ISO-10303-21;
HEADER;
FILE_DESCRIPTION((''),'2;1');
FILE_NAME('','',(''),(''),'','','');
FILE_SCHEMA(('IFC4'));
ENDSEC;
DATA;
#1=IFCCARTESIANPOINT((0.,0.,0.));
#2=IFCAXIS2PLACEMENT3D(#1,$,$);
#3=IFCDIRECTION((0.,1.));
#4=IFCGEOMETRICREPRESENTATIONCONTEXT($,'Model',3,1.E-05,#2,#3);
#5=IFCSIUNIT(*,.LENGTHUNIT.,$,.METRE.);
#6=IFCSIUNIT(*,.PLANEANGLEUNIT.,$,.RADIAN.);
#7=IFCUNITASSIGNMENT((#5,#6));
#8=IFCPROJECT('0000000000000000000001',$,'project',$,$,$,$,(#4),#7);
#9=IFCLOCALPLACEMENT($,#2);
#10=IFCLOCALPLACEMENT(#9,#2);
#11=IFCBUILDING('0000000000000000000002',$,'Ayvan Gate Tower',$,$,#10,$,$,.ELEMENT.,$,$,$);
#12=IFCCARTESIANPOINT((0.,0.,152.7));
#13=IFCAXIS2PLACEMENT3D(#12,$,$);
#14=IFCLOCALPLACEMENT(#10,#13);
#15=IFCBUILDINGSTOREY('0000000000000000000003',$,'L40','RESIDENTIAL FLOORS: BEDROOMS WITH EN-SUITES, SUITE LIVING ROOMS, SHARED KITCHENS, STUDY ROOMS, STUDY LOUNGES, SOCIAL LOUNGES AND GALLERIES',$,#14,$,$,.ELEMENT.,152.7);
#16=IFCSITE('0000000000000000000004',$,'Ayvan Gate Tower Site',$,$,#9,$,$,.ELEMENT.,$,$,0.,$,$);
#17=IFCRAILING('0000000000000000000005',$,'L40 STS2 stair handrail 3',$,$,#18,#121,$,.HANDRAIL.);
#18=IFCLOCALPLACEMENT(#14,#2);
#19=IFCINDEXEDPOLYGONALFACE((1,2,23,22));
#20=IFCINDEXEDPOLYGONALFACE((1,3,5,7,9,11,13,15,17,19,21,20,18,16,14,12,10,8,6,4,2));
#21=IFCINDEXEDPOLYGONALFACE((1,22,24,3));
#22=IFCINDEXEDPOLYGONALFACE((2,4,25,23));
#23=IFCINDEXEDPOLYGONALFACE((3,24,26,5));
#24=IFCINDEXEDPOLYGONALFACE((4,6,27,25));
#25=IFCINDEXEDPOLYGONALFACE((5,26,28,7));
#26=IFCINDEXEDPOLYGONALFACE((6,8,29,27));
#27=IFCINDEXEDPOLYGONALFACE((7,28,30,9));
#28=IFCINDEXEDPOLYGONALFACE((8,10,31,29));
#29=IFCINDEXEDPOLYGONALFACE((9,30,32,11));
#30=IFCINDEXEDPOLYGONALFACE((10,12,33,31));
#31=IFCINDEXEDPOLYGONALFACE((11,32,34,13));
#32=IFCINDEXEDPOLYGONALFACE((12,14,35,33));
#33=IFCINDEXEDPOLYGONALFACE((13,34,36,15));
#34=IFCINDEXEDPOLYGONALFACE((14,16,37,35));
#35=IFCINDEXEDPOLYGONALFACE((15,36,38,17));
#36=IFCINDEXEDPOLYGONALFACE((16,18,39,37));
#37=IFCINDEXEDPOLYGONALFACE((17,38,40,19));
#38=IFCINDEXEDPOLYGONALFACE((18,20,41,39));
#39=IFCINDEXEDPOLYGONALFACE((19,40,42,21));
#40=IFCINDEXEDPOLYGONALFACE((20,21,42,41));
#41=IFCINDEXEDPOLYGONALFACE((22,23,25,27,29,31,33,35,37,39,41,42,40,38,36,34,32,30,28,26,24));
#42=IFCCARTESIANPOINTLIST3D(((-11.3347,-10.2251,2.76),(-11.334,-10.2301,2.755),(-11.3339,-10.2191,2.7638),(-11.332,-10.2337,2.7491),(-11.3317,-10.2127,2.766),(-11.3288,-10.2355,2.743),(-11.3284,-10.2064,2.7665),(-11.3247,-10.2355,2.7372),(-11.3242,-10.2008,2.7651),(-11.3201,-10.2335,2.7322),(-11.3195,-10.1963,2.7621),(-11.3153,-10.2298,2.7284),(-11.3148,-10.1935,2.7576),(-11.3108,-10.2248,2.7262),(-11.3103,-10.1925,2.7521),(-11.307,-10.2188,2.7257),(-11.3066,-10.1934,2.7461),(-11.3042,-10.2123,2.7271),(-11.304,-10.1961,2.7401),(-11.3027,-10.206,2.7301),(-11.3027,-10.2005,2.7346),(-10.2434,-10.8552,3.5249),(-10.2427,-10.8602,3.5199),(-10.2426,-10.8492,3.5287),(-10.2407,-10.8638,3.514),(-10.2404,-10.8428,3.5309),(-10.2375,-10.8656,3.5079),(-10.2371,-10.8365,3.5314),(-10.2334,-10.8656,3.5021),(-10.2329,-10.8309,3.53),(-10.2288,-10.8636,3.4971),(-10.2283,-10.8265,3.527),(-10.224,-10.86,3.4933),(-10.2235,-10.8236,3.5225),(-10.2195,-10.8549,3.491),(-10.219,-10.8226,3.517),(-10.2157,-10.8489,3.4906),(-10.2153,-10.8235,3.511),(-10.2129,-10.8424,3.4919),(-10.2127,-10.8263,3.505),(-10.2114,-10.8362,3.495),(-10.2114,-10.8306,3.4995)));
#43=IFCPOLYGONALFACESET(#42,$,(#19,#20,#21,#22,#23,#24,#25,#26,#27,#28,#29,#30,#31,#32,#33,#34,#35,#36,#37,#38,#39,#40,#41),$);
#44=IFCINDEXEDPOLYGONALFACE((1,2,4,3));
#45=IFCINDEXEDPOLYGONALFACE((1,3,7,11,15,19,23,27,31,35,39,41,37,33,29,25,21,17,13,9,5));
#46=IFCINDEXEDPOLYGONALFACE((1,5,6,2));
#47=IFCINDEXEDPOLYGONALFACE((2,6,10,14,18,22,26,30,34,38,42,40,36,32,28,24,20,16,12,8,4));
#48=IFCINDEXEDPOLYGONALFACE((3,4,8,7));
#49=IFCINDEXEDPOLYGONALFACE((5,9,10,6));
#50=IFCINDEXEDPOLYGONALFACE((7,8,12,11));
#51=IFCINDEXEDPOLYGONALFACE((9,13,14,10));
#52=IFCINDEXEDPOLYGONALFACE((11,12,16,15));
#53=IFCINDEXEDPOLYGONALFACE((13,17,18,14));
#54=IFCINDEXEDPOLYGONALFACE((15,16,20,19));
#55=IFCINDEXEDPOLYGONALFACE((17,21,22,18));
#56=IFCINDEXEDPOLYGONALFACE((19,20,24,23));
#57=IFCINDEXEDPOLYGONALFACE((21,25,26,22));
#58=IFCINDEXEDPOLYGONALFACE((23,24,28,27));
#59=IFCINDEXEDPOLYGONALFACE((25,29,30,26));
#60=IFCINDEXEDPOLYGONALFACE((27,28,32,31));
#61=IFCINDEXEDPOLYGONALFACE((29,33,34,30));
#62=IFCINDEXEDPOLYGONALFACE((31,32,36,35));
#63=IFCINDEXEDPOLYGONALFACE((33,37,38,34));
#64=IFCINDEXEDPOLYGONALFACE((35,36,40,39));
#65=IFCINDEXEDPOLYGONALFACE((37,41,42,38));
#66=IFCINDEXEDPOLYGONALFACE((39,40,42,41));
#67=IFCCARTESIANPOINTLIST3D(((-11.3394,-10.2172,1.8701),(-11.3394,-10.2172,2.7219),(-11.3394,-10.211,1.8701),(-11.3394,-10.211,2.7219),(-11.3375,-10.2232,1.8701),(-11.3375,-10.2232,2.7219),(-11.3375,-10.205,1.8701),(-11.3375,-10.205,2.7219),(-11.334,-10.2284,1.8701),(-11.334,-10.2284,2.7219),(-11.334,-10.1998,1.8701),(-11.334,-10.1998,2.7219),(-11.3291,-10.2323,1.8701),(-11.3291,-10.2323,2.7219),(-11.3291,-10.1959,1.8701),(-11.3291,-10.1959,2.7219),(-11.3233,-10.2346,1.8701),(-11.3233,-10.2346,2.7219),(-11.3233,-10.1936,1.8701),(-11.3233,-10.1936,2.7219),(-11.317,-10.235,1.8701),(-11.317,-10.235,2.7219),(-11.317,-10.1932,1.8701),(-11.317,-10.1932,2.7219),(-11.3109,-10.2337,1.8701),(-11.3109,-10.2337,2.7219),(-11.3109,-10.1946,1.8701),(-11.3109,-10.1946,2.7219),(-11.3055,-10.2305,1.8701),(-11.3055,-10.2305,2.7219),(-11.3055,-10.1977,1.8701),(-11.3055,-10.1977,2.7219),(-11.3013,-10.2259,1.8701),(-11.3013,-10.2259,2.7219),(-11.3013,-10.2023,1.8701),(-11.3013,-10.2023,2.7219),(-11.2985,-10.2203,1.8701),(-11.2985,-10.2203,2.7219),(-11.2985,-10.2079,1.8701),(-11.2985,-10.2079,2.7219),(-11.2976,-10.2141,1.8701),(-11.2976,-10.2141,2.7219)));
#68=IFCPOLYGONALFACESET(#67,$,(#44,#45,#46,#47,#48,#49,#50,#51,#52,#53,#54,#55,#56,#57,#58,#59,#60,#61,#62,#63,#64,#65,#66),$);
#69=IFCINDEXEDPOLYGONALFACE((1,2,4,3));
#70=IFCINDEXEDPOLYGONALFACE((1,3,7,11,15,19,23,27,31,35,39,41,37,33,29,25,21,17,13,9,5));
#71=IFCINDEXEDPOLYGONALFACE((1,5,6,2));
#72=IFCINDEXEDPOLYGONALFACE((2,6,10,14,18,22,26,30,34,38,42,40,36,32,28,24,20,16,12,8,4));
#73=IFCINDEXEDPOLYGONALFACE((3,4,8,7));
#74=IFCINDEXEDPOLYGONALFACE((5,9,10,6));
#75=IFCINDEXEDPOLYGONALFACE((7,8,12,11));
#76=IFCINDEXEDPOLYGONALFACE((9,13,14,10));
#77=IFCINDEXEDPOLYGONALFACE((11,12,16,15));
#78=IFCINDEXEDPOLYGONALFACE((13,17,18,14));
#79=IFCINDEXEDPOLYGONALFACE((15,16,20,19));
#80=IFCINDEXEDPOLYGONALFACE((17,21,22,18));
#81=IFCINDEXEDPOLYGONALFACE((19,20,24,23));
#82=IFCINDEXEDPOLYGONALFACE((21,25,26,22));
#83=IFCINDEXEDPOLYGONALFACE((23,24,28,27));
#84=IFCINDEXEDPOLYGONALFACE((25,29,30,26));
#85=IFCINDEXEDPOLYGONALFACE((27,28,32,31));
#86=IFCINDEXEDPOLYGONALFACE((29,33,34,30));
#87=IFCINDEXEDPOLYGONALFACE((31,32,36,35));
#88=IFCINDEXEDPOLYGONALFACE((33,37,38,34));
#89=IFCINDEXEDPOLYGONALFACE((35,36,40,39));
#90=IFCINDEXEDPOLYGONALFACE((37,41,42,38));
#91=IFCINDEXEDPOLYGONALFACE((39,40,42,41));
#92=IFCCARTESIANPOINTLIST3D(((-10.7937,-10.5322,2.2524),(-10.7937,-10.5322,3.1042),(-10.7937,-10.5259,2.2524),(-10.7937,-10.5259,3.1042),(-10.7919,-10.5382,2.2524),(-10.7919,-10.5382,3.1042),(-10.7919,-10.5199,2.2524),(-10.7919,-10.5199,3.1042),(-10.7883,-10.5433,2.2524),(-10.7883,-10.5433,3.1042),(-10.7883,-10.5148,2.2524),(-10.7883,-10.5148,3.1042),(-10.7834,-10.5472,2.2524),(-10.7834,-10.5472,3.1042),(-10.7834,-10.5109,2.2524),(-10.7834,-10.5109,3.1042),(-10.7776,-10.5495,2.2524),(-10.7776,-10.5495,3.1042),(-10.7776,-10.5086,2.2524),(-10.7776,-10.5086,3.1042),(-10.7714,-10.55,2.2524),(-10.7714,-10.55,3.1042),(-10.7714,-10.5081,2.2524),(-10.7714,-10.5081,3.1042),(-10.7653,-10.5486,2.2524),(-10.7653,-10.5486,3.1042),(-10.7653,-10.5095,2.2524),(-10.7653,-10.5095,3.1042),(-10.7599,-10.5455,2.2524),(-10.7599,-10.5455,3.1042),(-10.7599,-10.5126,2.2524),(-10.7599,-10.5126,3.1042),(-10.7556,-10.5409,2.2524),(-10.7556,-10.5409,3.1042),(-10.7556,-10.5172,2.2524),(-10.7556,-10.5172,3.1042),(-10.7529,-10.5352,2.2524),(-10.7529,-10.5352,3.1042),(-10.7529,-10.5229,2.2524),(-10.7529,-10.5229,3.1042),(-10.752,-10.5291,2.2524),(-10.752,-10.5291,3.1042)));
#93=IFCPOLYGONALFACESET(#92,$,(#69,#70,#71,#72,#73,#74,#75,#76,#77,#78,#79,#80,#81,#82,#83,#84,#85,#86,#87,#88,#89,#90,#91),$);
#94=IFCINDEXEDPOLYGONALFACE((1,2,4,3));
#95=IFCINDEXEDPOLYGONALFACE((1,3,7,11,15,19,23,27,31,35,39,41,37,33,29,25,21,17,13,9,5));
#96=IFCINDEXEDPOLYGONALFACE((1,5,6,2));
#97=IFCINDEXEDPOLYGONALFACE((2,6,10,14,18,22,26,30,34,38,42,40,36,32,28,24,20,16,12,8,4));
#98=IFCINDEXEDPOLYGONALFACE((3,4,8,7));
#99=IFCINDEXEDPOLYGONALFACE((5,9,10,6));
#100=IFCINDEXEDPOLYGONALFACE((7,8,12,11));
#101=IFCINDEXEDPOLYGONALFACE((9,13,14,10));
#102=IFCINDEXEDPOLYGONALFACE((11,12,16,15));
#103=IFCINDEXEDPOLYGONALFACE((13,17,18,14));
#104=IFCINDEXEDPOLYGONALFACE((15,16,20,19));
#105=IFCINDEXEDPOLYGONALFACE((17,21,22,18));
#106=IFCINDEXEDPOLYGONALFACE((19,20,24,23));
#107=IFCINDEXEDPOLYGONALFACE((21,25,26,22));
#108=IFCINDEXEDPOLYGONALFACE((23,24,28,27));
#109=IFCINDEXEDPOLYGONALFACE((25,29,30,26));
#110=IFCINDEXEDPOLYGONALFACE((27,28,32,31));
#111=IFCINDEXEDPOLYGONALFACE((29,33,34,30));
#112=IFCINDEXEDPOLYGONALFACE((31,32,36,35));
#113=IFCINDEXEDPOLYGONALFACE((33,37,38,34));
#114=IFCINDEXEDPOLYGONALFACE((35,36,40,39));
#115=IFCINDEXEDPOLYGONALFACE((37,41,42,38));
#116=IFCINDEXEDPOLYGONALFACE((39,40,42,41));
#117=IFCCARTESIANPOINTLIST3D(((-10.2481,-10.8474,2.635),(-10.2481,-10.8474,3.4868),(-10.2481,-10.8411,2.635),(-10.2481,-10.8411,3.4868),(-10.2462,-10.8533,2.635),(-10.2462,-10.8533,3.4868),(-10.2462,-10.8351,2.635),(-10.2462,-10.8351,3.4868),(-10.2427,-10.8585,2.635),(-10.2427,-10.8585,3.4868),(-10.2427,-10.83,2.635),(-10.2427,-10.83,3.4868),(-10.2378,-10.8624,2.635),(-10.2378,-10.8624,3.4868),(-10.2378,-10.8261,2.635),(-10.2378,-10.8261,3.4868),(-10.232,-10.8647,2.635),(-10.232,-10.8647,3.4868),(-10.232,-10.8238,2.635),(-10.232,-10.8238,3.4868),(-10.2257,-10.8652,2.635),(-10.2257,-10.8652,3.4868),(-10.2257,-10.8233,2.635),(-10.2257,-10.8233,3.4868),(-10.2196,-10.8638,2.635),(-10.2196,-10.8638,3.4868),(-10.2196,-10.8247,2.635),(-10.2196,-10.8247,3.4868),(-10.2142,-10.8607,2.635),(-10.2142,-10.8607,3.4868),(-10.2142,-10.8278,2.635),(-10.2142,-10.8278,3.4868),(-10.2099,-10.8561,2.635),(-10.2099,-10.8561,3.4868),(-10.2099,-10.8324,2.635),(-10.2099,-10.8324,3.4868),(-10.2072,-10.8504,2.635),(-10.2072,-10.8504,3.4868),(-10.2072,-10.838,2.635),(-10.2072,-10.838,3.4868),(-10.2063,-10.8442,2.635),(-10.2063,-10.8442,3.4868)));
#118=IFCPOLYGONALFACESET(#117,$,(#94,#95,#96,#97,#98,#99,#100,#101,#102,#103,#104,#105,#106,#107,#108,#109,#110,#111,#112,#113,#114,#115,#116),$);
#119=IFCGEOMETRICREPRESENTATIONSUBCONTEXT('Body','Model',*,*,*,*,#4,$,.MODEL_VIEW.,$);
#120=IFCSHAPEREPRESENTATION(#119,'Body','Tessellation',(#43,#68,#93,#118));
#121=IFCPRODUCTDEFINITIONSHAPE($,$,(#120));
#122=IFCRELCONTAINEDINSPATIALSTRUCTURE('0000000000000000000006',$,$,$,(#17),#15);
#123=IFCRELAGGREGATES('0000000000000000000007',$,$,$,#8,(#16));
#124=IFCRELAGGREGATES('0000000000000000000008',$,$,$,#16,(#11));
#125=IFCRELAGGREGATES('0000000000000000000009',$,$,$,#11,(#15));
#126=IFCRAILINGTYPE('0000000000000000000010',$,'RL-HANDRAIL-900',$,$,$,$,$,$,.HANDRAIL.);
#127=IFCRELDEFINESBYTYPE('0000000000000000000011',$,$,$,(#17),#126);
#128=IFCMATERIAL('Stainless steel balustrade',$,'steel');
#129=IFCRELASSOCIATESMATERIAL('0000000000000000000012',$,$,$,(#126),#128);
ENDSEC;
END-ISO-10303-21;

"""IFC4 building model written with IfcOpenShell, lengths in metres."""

from ifc_helpers import new_model, si_unit, direction, frame, origin, origin_2d, place, context, subcontext, project, spatial, circle, extrude, material, type_object, element, save


model = new_model("IFC4")

# Units and contexts
model_context = context("Model", 3, precision=1e-05, world=origin(), true_north=direction((0.0, 1.0)))
body_context = subcontext(model_context, "Body", "Model", "MODEL_VIEW")
ifc_project = project(units=[si_unit("LENGTHUNIT", "METRE"), si_unit("PLANEANGLEUNIT", "RADIAN")], contexts=[model_context])

# Site, building, storey
site_placement = place(None, origin())
site = spatial("IfcSite", under=ifc_project, at=site_placement, Name="Ayvan Gate Tower Site", CompositionType="ELEMENT", RefElevation=0.0)
building_placement = place(site_placement, origin())
building = spatial("IfcBuilding", under=site, at=building_placement, Name="Ayvan Gate Tower", CompositionType="ELEMENT")
storey_placement = place(building_placement, frame((0.0, 0.0, 152.7)))
storey = spatial("IfcBuildingStorey", under=building, at=storey_placement, Name="L40", Description="RESIDENTIAL FLOORS: BEDROOMS WITH EN-SUITES, SUITE LIVING ROOMS, SHARED KITCHENS, STUDY ROOMS, STUDY LOUNGES, SOCIAL LOUNGES AND GALLERIES", CompositionType="ELEMENT", Elevation=152.7)

# Railing
ifc_material_1 = material(Name="Stainless steel balustrade", Category="steel")
railing_type_1 = type_object("IfcRailingType", Name="RL-HANDRAIL-900", PredefinedType="HANDRAIL", material=ifc_material_1)
railing_1_placement = place(storey_placement, frame((-11.3186, -10.2141, 1.8701)))
element("IfcRailing", 1, at=railing_1_placement, inside=storey, type_object=railing_type_1, Name="L40 STS2 stair handrail 3", PredefinedType="HANDRAIL", context=body_context, shape_type="SweptSolid", body=[
    extrude(circle(Radius=0.0239, at=origin_2d()), frame((0.0, 0.0, 0.876), z_axis=(0.740304, -0.427455, 0.518875), x_axis=(0.500035, 0.866005, 0.0)), (0.0, 0.0, 1.0), 1.4741),
    extrude(circle(Radius=0.021, at=origin_2d()), origin(), (0.0, 0.0, 1.0), 0.8518),
    extrude(circle(Radius=0.021, at=origin_2d()), frame((0.5457, -0.3149, 0.3823)), (0.0, 0.0, 1.0), 0.8518),
    extrude(circle(Radius=0.021, at=origin_2d()), frame((1.0913, -0.6301, 0.7649)), (0.0, 0.0, 1.0), 0.8518),
])

save(model, "model.ifc")
